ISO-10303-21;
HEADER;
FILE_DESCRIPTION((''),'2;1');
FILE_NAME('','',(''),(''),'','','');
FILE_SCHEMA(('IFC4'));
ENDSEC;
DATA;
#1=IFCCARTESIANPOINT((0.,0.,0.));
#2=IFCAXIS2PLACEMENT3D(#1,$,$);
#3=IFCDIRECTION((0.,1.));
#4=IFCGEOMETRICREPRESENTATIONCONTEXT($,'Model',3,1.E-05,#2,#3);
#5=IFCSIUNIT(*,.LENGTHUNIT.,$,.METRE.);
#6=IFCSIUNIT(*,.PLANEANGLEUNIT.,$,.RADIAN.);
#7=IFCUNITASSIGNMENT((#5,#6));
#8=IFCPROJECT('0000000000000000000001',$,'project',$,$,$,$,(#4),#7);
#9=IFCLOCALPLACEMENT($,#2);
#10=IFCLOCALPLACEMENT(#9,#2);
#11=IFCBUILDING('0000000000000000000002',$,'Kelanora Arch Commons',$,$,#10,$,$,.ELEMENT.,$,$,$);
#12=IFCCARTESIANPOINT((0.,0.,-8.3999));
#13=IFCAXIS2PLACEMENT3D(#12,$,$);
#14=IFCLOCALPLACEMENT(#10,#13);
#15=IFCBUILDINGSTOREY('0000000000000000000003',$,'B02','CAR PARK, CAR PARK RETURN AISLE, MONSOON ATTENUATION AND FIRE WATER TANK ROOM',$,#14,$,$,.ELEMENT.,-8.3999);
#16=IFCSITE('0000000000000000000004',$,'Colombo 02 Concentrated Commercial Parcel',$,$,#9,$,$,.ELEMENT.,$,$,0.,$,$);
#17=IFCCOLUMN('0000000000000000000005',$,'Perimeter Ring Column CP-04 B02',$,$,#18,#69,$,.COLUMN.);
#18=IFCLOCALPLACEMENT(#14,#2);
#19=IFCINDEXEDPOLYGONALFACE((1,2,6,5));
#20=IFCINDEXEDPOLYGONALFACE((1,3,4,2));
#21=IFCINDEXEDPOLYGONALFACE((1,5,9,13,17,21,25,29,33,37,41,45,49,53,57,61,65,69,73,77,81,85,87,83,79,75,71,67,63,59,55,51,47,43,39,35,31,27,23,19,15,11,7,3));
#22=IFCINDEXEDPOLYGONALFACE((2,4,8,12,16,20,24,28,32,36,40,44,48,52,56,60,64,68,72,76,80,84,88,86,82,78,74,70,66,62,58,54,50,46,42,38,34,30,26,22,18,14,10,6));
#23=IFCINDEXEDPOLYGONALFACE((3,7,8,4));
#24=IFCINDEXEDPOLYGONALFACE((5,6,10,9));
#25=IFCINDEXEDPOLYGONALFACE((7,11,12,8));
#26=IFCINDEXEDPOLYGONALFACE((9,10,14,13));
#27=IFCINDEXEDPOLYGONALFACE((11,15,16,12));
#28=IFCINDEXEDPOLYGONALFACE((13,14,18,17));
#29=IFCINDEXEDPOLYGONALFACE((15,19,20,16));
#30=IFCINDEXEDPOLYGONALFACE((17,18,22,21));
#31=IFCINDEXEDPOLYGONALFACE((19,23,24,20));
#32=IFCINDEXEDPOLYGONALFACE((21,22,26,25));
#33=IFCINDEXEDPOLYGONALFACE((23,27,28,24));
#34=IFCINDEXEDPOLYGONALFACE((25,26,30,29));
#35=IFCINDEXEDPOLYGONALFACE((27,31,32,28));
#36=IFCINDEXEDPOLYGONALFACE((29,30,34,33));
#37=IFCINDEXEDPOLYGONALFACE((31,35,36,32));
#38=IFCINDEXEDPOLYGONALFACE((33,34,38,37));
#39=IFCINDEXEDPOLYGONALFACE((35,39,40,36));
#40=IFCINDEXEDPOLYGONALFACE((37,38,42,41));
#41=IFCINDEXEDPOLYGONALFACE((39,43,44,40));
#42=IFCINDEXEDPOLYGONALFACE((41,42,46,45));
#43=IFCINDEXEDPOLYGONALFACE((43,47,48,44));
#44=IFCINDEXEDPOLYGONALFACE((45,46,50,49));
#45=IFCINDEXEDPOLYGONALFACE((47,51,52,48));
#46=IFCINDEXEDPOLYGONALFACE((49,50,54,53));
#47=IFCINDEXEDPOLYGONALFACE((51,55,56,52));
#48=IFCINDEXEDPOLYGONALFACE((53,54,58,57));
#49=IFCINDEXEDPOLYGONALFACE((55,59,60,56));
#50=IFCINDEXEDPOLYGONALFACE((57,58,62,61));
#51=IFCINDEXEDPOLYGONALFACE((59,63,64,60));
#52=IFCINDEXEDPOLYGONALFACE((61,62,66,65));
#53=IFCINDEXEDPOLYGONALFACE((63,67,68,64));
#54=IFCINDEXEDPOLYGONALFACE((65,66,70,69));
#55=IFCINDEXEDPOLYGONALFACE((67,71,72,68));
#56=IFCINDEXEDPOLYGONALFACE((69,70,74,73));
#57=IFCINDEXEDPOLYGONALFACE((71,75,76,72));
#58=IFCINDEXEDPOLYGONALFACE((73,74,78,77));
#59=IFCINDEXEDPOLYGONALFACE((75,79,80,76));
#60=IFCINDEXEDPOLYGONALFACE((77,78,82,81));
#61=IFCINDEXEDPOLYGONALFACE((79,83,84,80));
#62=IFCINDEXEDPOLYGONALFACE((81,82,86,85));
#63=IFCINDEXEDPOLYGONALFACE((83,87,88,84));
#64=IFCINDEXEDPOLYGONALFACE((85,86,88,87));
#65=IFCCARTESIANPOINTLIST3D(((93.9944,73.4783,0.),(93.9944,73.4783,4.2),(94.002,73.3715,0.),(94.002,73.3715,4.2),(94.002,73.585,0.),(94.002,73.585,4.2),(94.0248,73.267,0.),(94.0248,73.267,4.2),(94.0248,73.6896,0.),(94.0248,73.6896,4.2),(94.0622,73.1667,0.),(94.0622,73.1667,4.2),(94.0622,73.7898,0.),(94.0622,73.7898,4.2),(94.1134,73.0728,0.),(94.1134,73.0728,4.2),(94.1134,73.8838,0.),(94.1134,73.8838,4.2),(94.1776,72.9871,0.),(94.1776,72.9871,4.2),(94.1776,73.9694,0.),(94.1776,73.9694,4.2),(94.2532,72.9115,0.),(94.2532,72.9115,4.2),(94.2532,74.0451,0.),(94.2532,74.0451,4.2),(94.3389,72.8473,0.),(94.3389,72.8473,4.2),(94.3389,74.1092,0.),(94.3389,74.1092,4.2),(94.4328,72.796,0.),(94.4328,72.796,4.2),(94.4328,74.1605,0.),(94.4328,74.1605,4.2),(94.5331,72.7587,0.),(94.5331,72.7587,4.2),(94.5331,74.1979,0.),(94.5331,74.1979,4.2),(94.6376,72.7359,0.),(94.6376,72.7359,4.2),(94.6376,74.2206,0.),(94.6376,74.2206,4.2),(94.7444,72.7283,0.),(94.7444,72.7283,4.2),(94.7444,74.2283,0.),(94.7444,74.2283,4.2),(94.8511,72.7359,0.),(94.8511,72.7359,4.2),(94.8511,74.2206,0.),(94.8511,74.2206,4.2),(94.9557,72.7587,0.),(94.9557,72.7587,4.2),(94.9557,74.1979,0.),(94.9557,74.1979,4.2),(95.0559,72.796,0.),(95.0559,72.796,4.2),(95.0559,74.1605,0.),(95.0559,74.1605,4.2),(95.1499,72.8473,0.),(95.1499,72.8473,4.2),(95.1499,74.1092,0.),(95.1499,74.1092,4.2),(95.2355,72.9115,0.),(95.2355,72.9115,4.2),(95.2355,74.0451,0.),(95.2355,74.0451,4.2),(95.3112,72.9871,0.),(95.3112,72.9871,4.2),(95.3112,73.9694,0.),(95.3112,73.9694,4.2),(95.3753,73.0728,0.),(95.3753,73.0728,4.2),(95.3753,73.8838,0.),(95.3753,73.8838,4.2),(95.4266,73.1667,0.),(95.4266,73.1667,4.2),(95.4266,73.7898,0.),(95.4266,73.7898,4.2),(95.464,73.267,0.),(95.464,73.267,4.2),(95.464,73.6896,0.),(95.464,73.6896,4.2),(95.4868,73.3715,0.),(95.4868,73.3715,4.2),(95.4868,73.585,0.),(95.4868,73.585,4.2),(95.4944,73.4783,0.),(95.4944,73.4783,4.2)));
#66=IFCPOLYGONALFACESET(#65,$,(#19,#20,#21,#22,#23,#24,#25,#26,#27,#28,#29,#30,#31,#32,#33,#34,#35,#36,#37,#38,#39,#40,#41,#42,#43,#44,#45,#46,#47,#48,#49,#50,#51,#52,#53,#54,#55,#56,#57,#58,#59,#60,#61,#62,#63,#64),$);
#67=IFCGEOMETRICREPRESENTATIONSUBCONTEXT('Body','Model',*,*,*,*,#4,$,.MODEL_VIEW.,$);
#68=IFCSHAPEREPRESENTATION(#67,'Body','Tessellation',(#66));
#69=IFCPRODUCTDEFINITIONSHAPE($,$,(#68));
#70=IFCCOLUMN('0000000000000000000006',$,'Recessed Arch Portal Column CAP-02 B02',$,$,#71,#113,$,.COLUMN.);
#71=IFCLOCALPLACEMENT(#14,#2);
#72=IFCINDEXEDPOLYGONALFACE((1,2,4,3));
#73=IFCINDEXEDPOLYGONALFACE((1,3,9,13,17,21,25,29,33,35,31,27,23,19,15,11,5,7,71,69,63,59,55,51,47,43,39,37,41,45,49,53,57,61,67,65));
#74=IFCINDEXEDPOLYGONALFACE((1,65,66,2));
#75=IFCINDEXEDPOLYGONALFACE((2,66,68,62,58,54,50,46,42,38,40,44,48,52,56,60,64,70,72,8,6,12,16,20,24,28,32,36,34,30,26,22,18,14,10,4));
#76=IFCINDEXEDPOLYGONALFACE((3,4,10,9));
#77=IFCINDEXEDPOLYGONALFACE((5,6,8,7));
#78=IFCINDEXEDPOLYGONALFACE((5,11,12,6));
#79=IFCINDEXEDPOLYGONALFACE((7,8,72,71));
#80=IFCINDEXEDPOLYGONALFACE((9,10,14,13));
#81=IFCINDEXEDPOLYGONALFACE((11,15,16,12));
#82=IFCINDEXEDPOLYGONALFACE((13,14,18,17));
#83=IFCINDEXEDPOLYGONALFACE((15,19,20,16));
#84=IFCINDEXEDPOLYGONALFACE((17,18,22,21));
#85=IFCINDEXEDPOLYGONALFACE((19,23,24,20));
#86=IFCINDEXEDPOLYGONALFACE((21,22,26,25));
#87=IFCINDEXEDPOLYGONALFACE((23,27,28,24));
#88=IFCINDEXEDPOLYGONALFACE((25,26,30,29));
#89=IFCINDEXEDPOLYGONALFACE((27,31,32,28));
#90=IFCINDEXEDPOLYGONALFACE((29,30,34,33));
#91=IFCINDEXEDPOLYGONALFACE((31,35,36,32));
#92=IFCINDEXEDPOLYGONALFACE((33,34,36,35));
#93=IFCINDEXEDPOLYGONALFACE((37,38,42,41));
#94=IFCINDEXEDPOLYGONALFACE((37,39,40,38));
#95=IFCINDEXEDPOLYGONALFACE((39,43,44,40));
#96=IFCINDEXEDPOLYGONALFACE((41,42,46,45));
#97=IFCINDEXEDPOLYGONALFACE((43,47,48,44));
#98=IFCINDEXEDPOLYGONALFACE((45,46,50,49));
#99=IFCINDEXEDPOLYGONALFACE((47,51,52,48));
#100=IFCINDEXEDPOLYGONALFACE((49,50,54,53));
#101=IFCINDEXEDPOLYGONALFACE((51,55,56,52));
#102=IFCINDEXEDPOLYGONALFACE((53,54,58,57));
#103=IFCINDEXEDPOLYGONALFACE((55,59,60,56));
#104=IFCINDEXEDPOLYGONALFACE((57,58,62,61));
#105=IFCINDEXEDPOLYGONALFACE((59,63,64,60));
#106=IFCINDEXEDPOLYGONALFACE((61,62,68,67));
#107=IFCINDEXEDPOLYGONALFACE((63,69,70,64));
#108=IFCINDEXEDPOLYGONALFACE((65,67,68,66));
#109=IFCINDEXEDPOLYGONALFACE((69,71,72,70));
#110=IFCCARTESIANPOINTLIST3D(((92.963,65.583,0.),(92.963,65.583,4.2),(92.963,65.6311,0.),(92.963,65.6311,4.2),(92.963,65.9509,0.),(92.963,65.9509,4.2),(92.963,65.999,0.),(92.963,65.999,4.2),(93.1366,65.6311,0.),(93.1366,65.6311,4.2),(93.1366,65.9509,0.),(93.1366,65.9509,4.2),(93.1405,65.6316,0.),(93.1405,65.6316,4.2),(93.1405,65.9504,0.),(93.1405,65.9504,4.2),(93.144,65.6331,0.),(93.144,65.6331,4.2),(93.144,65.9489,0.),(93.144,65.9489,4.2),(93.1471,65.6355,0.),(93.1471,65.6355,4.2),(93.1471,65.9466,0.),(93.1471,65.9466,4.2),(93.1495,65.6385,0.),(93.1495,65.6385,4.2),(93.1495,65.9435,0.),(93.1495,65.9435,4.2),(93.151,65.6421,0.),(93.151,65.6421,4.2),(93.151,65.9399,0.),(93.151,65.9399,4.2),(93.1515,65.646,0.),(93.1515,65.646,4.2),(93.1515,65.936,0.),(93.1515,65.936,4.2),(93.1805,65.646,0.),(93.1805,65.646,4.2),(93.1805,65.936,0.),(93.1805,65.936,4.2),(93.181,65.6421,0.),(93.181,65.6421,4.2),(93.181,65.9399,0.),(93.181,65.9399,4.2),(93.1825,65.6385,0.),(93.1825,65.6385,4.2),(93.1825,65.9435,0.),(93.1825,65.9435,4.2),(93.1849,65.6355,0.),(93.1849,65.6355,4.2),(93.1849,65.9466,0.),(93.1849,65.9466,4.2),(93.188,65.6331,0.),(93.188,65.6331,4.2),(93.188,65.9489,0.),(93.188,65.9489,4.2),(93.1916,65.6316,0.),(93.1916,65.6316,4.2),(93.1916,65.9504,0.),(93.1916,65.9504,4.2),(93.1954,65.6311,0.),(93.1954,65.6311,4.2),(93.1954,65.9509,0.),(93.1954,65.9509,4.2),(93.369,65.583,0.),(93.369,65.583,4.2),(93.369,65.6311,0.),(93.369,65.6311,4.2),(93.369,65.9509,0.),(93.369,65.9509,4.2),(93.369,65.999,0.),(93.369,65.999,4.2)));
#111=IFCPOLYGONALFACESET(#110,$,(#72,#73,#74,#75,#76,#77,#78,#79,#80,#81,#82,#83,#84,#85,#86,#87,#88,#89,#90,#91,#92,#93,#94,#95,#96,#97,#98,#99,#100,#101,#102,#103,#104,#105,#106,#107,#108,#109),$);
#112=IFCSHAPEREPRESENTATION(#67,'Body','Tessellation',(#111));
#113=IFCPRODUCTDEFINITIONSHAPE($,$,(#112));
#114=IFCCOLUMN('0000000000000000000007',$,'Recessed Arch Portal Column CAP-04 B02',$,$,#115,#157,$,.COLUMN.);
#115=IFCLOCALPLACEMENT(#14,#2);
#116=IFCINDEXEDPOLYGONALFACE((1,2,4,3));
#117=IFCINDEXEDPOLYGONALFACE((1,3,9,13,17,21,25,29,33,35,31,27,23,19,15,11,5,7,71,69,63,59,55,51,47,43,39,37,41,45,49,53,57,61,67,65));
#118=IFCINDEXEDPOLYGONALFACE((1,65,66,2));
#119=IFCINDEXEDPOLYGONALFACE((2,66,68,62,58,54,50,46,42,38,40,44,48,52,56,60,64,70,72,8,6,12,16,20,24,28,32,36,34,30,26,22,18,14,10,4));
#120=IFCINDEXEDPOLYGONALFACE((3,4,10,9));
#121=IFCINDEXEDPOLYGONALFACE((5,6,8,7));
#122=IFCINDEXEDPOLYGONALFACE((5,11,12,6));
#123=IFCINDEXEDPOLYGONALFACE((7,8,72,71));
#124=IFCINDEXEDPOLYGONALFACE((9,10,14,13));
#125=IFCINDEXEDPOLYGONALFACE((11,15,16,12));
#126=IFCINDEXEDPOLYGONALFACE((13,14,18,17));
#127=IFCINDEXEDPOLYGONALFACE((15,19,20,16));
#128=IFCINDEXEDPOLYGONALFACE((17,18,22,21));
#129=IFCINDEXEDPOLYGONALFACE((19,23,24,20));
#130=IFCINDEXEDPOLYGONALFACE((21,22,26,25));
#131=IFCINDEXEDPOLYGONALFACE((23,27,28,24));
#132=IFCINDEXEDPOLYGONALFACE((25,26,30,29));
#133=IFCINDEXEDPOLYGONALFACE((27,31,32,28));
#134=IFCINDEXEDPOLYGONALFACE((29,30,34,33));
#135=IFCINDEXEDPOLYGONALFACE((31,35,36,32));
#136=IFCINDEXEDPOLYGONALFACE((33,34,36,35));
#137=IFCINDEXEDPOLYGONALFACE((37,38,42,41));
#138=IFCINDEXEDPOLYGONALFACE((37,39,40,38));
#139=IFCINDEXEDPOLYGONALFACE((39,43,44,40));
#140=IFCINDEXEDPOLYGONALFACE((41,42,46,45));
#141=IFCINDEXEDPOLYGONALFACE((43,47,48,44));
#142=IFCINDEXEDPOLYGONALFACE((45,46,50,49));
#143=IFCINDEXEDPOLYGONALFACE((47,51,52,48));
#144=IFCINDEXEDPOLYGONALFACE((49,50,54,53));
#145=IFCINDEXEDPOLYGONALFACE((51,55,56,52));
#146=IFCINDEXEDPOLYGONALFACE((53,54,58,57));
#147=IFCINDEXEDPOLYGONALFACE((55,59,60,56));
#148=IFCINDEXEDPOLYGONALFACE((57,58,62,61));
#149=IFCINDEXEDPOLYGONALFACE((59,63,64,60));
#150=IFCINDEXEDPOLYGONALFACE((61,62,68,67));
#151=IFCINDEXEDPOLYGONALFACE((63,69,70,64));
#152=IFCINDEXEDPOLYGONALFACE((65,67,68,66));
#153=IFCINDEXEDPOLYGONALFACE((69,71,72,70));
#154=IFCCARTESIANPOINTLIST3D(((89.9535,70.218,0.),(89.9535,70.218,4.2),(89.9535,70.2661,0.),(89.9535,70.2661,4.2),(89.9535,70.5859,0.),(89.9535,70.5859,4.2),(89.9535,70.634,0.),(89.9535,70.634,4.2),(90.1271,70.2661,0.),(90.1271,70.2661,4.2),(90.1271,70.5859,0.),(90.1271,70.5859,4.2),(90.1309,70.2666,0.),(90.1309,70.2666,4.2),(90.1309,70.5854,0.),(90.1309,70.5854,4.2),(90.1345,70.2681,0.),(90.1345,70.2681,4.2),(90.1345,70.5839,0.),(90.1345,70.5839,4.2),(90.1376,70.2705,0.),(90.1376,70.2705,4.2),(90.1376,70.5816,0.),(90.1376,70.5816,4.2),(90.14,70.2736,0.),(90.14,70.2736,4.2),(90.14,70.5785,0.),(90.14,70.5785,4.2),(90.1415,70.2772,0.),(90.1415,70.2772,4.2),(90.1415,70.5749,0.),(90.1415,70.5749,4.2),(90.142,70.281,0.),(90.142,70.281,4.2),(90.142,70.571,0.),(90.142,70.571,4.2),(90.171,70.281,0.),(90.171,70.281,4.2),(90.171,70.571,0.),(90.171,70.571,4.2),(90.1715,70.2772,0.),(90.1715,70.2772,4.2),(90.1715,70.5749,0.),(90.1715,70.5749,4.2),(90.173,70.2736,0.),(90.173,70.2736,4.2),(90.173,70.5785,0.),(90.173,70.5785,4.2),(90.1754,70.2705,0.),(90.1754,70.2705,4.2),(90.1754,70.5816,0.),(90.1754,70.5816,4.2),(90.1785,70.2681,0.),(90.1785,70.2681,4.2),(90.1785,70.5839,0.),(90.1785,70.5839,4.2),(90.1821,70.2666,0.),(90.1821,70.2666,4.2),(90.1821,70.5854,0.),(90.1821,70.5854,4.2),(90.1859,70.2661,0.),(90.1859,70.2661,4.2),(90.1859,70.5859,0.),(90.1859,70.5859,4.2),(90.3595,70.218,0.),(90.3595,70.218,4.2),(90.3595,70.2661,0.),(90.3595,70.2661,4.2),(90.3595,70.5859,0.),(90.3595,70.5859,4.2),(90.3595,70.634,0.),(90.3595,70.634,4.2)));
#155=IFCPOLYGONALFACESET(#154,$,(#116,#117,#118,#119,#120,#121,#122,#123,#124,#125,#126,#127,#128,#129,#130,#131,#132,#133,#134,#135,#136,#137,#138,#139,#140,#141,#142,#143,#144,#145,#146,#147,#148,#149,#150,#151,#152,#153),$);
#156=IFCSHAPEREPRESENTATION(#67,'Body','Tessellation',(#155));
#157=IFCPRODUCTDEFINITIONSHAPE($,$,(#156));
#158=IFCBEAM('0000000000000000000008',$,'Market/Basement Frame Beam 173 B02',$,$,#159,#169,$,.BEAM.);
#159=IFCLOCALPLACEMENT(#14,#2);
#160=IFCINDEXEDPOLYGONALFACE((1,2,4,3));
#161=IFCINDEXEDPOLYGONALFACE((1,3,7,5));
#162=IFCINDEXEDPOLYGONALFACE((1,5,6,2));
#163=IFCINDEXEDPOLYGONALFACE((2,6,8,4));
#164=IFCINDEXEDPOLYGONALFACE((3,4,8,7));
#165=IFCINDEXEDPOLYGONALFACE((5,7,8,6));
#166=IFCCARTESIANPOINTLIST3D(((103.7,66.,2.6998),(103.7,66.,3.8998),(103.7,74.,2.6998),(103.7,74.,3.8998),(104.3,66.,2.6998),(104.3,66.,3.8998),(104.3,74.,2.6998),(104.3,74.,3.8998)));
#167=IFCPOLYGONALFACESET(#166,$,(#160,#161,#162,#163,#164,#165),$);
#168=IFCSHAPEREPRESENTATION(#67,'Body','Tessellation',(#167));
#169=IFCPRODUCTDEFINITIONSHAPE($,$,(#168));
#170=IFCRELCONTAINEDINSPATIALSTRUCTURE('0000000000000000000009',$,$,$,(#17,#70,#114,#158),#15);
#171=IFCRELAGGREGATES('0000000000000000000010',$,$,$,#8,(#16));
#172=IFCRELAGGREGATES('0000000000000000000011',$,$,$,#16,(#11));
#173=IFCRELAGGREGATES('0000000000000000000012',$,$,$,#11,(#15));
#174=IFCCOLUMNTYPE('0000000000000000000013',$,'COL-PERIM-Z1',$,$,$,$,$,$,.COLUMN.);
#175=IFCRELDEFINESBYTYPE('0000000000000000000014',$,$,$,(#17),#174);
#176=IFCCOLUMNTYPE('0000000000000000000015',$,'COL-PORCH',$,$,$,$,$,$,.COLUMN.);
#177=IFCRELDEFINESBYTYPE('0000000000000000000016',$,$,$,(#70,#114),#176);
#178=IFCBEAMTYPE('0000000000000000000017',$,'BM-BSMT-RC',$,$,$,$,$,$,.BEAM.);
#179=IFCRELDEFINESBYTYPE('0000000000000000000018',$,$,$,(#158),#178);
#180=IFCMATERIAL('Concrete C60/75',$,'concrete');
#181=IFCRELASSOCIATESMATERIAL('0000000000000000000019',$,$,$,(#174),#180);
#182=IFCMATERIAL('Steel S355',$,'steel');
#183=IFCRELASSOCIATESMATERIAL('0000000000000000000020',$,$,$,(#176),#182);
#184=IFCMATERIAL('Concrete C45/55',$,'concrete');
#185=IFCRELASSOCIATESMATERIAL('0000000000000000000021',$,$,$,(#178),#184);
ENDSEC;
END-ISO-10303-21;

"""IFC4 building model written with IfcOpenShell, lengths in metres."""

from ifc_helpers import new_model, si_unit, direction, frame, origin, origin_2d, place, context, subcontext, project, spatial, rectangle, circle, i_section, extrude, material, material_profile, profile_set, type_object, element, save


model = new_model("IFC4")

# Units and contexts
model_context = context("Model", 3, precision=1e-05, world=origin(), true_north=direction((0.0, 1.0)))
body_context = subcontext(model_context, "Body", "Model", "MODEL_VIEW")
ifc_project = project(units=[si_unit("LENGTHUNIT", "METRE"), si_unit("PLANEANGLEUNIT", "RADIAN")], contexts=[model_context])

# Site, building, storey
site_placement = place(None, origin())
site = spatial("IfcSite", under=ifc_project, at=site_placement, Name="Colombo 02 Concentrated Commercial Parcel", CompositionType="ELEMENT", RefElevation=0.0)
building_placement = place(site_placement, origin())
building = spatial("IfcBuilding", under=site, at=building_placement, Name="Kelanora Arch Commons", CompositionType="ELEMENT")
storey_placement = place(building_placement, frame((0.0, 0.0, -8.3999)))
storey = spatial("IfcBuildingStorey", under=building, at=storey_placement, Name="B02", Description="CAR PARK, CAR PARK RETURN AISLE, MONSOON ATTENUATION AND FIRE WATER TANK ROOM", CompositionType="ELEMENT", Elevation=-8.3999)

# Shared definitions
ifc_material_1 = material(Name="Concrete C45/55", Category="concrete")

# Columns
ifc_material_2 = material(Name="Concrete C60/75", Category="concrete")
ifc_material_profile_1 = material_profile(ifc_material_2, circle(Radius=0.75, at=origin_2d()), Name="RCC1500")
ifc_profile_set_1 = profile_set([ifc_material_profile_1], Name="Concrete C60/75")
column_type_1 = type_object("IfcColumnType", Name="COL-PERIM-Z1", PredefinedType="COLUMN", material=ifc_profile_set_1)
for number, where, z_axis, x_axis, name in (
    (1, (94.7444, 73.4783, 0.0), (0.0, 0.0, 1.0), (1.0, 0.0, 0.0), "Perimeter Ring Column CP-04 B02"),
):
    element("IfcColumn", number, at=place(storey_placement, frame(where, z_axis=z_axis, x_axis=x_axis)), inside=storey, type_object=column_type_1, Name=name, PredefinedType="COLUMN", context=body_context, shape_type="SweptSolid", body=[
        extrude(circle(Radius=0.75, at=origin_2d()), origin(), (0.0, 0.0, 1.0), 4.2),
    ])
ifc_material_3 = material(Name="Steel S355", Category="steel")
ifc_material_profile_2 = material_profile(ifc_material_3, i_section(OverallWidth=0.406, OverallDepth=0.416, WebThickness=0.0291, FlangeThickness=0.0481, FilletRadius=0.0149, at=origin_2d()), Name="HD400x382")
ifc_profile_set_2 = profile_set([ifc_material_profile_2], Name="Steel S355")
column_type_2 = type_object("IfcColumnType", Name="COL-PORCH", PredefinedType="COLUMN", material=ifc_profile_set_2)
for number, where, z_axis, x_axis, name in (
    (2, (93.166, 65.791, 0.0), (0.0, 0.0, 1.0), (1.0, 0.0, 0.0), "Recessed Arch Portal Column CAP-02 B02"),
    (3, (90.1565, 70.426, 0.0), (0.0, 0.0, 1.0), (1.0, 0.0, 0.0), "Recessed Arch Portal Column CAP-04 B02"),
):
    element("IfcColumn", number, at=place(storey_placement, frame(where, z_axis=z_axis, x_axis=x_axis)), inside=storey, type_object=column_type_2, Name=name, PredefinedType="COLUMN", context=body_context, shape_type="SweptSolid", body=[
        extrude(i_section(OverallWidth=0.406, OverallDepth=0.416, WebThickness=0.0291, FlangeThickness=0.0481, FilletRadius=0.0149, at=origin_2d()), origin(), (0.0, 0.0, 1.0), 4.2),
    ])

# Beam
ifc_material_profile_3 = material_profile(ifc_material_1, rectangle(XDim=0.6001, YDim=1.2, at=origin_2d()), Name="RCB600x1200")
ifc_profile_set_3 = profile_set([ifc_material_profile_3], Name="Concrete C45/55")
beam_type_1 = type_object("IfcBeamType", Name="BM-BSMT-RC", PredefinedType="BEAM", material=ifc_profile_set_3)
beam_1_placement = place(storey_placement, frame((104.0, 66.0, 3.2998), z_axis=(0.0, 1.0, 0.0), x_axis=(-1.0, 0.0, 0.0)))
element("IfcBeam", 4, at=beam_1_placement, inside=storey, type_object=beam_type_1, Name="Market/Basement Frame Beam 173 B02", PredefinedType="BEAM", context=body_context, shape_type="SweptSolid", body=[
    extrude(rectangle(XDim=0.6001, YDim=1.2, at=origin_2d()), origin(), (0.0, 0.0, 1.0), 8.0),
])

save(model, "model.ifc")
